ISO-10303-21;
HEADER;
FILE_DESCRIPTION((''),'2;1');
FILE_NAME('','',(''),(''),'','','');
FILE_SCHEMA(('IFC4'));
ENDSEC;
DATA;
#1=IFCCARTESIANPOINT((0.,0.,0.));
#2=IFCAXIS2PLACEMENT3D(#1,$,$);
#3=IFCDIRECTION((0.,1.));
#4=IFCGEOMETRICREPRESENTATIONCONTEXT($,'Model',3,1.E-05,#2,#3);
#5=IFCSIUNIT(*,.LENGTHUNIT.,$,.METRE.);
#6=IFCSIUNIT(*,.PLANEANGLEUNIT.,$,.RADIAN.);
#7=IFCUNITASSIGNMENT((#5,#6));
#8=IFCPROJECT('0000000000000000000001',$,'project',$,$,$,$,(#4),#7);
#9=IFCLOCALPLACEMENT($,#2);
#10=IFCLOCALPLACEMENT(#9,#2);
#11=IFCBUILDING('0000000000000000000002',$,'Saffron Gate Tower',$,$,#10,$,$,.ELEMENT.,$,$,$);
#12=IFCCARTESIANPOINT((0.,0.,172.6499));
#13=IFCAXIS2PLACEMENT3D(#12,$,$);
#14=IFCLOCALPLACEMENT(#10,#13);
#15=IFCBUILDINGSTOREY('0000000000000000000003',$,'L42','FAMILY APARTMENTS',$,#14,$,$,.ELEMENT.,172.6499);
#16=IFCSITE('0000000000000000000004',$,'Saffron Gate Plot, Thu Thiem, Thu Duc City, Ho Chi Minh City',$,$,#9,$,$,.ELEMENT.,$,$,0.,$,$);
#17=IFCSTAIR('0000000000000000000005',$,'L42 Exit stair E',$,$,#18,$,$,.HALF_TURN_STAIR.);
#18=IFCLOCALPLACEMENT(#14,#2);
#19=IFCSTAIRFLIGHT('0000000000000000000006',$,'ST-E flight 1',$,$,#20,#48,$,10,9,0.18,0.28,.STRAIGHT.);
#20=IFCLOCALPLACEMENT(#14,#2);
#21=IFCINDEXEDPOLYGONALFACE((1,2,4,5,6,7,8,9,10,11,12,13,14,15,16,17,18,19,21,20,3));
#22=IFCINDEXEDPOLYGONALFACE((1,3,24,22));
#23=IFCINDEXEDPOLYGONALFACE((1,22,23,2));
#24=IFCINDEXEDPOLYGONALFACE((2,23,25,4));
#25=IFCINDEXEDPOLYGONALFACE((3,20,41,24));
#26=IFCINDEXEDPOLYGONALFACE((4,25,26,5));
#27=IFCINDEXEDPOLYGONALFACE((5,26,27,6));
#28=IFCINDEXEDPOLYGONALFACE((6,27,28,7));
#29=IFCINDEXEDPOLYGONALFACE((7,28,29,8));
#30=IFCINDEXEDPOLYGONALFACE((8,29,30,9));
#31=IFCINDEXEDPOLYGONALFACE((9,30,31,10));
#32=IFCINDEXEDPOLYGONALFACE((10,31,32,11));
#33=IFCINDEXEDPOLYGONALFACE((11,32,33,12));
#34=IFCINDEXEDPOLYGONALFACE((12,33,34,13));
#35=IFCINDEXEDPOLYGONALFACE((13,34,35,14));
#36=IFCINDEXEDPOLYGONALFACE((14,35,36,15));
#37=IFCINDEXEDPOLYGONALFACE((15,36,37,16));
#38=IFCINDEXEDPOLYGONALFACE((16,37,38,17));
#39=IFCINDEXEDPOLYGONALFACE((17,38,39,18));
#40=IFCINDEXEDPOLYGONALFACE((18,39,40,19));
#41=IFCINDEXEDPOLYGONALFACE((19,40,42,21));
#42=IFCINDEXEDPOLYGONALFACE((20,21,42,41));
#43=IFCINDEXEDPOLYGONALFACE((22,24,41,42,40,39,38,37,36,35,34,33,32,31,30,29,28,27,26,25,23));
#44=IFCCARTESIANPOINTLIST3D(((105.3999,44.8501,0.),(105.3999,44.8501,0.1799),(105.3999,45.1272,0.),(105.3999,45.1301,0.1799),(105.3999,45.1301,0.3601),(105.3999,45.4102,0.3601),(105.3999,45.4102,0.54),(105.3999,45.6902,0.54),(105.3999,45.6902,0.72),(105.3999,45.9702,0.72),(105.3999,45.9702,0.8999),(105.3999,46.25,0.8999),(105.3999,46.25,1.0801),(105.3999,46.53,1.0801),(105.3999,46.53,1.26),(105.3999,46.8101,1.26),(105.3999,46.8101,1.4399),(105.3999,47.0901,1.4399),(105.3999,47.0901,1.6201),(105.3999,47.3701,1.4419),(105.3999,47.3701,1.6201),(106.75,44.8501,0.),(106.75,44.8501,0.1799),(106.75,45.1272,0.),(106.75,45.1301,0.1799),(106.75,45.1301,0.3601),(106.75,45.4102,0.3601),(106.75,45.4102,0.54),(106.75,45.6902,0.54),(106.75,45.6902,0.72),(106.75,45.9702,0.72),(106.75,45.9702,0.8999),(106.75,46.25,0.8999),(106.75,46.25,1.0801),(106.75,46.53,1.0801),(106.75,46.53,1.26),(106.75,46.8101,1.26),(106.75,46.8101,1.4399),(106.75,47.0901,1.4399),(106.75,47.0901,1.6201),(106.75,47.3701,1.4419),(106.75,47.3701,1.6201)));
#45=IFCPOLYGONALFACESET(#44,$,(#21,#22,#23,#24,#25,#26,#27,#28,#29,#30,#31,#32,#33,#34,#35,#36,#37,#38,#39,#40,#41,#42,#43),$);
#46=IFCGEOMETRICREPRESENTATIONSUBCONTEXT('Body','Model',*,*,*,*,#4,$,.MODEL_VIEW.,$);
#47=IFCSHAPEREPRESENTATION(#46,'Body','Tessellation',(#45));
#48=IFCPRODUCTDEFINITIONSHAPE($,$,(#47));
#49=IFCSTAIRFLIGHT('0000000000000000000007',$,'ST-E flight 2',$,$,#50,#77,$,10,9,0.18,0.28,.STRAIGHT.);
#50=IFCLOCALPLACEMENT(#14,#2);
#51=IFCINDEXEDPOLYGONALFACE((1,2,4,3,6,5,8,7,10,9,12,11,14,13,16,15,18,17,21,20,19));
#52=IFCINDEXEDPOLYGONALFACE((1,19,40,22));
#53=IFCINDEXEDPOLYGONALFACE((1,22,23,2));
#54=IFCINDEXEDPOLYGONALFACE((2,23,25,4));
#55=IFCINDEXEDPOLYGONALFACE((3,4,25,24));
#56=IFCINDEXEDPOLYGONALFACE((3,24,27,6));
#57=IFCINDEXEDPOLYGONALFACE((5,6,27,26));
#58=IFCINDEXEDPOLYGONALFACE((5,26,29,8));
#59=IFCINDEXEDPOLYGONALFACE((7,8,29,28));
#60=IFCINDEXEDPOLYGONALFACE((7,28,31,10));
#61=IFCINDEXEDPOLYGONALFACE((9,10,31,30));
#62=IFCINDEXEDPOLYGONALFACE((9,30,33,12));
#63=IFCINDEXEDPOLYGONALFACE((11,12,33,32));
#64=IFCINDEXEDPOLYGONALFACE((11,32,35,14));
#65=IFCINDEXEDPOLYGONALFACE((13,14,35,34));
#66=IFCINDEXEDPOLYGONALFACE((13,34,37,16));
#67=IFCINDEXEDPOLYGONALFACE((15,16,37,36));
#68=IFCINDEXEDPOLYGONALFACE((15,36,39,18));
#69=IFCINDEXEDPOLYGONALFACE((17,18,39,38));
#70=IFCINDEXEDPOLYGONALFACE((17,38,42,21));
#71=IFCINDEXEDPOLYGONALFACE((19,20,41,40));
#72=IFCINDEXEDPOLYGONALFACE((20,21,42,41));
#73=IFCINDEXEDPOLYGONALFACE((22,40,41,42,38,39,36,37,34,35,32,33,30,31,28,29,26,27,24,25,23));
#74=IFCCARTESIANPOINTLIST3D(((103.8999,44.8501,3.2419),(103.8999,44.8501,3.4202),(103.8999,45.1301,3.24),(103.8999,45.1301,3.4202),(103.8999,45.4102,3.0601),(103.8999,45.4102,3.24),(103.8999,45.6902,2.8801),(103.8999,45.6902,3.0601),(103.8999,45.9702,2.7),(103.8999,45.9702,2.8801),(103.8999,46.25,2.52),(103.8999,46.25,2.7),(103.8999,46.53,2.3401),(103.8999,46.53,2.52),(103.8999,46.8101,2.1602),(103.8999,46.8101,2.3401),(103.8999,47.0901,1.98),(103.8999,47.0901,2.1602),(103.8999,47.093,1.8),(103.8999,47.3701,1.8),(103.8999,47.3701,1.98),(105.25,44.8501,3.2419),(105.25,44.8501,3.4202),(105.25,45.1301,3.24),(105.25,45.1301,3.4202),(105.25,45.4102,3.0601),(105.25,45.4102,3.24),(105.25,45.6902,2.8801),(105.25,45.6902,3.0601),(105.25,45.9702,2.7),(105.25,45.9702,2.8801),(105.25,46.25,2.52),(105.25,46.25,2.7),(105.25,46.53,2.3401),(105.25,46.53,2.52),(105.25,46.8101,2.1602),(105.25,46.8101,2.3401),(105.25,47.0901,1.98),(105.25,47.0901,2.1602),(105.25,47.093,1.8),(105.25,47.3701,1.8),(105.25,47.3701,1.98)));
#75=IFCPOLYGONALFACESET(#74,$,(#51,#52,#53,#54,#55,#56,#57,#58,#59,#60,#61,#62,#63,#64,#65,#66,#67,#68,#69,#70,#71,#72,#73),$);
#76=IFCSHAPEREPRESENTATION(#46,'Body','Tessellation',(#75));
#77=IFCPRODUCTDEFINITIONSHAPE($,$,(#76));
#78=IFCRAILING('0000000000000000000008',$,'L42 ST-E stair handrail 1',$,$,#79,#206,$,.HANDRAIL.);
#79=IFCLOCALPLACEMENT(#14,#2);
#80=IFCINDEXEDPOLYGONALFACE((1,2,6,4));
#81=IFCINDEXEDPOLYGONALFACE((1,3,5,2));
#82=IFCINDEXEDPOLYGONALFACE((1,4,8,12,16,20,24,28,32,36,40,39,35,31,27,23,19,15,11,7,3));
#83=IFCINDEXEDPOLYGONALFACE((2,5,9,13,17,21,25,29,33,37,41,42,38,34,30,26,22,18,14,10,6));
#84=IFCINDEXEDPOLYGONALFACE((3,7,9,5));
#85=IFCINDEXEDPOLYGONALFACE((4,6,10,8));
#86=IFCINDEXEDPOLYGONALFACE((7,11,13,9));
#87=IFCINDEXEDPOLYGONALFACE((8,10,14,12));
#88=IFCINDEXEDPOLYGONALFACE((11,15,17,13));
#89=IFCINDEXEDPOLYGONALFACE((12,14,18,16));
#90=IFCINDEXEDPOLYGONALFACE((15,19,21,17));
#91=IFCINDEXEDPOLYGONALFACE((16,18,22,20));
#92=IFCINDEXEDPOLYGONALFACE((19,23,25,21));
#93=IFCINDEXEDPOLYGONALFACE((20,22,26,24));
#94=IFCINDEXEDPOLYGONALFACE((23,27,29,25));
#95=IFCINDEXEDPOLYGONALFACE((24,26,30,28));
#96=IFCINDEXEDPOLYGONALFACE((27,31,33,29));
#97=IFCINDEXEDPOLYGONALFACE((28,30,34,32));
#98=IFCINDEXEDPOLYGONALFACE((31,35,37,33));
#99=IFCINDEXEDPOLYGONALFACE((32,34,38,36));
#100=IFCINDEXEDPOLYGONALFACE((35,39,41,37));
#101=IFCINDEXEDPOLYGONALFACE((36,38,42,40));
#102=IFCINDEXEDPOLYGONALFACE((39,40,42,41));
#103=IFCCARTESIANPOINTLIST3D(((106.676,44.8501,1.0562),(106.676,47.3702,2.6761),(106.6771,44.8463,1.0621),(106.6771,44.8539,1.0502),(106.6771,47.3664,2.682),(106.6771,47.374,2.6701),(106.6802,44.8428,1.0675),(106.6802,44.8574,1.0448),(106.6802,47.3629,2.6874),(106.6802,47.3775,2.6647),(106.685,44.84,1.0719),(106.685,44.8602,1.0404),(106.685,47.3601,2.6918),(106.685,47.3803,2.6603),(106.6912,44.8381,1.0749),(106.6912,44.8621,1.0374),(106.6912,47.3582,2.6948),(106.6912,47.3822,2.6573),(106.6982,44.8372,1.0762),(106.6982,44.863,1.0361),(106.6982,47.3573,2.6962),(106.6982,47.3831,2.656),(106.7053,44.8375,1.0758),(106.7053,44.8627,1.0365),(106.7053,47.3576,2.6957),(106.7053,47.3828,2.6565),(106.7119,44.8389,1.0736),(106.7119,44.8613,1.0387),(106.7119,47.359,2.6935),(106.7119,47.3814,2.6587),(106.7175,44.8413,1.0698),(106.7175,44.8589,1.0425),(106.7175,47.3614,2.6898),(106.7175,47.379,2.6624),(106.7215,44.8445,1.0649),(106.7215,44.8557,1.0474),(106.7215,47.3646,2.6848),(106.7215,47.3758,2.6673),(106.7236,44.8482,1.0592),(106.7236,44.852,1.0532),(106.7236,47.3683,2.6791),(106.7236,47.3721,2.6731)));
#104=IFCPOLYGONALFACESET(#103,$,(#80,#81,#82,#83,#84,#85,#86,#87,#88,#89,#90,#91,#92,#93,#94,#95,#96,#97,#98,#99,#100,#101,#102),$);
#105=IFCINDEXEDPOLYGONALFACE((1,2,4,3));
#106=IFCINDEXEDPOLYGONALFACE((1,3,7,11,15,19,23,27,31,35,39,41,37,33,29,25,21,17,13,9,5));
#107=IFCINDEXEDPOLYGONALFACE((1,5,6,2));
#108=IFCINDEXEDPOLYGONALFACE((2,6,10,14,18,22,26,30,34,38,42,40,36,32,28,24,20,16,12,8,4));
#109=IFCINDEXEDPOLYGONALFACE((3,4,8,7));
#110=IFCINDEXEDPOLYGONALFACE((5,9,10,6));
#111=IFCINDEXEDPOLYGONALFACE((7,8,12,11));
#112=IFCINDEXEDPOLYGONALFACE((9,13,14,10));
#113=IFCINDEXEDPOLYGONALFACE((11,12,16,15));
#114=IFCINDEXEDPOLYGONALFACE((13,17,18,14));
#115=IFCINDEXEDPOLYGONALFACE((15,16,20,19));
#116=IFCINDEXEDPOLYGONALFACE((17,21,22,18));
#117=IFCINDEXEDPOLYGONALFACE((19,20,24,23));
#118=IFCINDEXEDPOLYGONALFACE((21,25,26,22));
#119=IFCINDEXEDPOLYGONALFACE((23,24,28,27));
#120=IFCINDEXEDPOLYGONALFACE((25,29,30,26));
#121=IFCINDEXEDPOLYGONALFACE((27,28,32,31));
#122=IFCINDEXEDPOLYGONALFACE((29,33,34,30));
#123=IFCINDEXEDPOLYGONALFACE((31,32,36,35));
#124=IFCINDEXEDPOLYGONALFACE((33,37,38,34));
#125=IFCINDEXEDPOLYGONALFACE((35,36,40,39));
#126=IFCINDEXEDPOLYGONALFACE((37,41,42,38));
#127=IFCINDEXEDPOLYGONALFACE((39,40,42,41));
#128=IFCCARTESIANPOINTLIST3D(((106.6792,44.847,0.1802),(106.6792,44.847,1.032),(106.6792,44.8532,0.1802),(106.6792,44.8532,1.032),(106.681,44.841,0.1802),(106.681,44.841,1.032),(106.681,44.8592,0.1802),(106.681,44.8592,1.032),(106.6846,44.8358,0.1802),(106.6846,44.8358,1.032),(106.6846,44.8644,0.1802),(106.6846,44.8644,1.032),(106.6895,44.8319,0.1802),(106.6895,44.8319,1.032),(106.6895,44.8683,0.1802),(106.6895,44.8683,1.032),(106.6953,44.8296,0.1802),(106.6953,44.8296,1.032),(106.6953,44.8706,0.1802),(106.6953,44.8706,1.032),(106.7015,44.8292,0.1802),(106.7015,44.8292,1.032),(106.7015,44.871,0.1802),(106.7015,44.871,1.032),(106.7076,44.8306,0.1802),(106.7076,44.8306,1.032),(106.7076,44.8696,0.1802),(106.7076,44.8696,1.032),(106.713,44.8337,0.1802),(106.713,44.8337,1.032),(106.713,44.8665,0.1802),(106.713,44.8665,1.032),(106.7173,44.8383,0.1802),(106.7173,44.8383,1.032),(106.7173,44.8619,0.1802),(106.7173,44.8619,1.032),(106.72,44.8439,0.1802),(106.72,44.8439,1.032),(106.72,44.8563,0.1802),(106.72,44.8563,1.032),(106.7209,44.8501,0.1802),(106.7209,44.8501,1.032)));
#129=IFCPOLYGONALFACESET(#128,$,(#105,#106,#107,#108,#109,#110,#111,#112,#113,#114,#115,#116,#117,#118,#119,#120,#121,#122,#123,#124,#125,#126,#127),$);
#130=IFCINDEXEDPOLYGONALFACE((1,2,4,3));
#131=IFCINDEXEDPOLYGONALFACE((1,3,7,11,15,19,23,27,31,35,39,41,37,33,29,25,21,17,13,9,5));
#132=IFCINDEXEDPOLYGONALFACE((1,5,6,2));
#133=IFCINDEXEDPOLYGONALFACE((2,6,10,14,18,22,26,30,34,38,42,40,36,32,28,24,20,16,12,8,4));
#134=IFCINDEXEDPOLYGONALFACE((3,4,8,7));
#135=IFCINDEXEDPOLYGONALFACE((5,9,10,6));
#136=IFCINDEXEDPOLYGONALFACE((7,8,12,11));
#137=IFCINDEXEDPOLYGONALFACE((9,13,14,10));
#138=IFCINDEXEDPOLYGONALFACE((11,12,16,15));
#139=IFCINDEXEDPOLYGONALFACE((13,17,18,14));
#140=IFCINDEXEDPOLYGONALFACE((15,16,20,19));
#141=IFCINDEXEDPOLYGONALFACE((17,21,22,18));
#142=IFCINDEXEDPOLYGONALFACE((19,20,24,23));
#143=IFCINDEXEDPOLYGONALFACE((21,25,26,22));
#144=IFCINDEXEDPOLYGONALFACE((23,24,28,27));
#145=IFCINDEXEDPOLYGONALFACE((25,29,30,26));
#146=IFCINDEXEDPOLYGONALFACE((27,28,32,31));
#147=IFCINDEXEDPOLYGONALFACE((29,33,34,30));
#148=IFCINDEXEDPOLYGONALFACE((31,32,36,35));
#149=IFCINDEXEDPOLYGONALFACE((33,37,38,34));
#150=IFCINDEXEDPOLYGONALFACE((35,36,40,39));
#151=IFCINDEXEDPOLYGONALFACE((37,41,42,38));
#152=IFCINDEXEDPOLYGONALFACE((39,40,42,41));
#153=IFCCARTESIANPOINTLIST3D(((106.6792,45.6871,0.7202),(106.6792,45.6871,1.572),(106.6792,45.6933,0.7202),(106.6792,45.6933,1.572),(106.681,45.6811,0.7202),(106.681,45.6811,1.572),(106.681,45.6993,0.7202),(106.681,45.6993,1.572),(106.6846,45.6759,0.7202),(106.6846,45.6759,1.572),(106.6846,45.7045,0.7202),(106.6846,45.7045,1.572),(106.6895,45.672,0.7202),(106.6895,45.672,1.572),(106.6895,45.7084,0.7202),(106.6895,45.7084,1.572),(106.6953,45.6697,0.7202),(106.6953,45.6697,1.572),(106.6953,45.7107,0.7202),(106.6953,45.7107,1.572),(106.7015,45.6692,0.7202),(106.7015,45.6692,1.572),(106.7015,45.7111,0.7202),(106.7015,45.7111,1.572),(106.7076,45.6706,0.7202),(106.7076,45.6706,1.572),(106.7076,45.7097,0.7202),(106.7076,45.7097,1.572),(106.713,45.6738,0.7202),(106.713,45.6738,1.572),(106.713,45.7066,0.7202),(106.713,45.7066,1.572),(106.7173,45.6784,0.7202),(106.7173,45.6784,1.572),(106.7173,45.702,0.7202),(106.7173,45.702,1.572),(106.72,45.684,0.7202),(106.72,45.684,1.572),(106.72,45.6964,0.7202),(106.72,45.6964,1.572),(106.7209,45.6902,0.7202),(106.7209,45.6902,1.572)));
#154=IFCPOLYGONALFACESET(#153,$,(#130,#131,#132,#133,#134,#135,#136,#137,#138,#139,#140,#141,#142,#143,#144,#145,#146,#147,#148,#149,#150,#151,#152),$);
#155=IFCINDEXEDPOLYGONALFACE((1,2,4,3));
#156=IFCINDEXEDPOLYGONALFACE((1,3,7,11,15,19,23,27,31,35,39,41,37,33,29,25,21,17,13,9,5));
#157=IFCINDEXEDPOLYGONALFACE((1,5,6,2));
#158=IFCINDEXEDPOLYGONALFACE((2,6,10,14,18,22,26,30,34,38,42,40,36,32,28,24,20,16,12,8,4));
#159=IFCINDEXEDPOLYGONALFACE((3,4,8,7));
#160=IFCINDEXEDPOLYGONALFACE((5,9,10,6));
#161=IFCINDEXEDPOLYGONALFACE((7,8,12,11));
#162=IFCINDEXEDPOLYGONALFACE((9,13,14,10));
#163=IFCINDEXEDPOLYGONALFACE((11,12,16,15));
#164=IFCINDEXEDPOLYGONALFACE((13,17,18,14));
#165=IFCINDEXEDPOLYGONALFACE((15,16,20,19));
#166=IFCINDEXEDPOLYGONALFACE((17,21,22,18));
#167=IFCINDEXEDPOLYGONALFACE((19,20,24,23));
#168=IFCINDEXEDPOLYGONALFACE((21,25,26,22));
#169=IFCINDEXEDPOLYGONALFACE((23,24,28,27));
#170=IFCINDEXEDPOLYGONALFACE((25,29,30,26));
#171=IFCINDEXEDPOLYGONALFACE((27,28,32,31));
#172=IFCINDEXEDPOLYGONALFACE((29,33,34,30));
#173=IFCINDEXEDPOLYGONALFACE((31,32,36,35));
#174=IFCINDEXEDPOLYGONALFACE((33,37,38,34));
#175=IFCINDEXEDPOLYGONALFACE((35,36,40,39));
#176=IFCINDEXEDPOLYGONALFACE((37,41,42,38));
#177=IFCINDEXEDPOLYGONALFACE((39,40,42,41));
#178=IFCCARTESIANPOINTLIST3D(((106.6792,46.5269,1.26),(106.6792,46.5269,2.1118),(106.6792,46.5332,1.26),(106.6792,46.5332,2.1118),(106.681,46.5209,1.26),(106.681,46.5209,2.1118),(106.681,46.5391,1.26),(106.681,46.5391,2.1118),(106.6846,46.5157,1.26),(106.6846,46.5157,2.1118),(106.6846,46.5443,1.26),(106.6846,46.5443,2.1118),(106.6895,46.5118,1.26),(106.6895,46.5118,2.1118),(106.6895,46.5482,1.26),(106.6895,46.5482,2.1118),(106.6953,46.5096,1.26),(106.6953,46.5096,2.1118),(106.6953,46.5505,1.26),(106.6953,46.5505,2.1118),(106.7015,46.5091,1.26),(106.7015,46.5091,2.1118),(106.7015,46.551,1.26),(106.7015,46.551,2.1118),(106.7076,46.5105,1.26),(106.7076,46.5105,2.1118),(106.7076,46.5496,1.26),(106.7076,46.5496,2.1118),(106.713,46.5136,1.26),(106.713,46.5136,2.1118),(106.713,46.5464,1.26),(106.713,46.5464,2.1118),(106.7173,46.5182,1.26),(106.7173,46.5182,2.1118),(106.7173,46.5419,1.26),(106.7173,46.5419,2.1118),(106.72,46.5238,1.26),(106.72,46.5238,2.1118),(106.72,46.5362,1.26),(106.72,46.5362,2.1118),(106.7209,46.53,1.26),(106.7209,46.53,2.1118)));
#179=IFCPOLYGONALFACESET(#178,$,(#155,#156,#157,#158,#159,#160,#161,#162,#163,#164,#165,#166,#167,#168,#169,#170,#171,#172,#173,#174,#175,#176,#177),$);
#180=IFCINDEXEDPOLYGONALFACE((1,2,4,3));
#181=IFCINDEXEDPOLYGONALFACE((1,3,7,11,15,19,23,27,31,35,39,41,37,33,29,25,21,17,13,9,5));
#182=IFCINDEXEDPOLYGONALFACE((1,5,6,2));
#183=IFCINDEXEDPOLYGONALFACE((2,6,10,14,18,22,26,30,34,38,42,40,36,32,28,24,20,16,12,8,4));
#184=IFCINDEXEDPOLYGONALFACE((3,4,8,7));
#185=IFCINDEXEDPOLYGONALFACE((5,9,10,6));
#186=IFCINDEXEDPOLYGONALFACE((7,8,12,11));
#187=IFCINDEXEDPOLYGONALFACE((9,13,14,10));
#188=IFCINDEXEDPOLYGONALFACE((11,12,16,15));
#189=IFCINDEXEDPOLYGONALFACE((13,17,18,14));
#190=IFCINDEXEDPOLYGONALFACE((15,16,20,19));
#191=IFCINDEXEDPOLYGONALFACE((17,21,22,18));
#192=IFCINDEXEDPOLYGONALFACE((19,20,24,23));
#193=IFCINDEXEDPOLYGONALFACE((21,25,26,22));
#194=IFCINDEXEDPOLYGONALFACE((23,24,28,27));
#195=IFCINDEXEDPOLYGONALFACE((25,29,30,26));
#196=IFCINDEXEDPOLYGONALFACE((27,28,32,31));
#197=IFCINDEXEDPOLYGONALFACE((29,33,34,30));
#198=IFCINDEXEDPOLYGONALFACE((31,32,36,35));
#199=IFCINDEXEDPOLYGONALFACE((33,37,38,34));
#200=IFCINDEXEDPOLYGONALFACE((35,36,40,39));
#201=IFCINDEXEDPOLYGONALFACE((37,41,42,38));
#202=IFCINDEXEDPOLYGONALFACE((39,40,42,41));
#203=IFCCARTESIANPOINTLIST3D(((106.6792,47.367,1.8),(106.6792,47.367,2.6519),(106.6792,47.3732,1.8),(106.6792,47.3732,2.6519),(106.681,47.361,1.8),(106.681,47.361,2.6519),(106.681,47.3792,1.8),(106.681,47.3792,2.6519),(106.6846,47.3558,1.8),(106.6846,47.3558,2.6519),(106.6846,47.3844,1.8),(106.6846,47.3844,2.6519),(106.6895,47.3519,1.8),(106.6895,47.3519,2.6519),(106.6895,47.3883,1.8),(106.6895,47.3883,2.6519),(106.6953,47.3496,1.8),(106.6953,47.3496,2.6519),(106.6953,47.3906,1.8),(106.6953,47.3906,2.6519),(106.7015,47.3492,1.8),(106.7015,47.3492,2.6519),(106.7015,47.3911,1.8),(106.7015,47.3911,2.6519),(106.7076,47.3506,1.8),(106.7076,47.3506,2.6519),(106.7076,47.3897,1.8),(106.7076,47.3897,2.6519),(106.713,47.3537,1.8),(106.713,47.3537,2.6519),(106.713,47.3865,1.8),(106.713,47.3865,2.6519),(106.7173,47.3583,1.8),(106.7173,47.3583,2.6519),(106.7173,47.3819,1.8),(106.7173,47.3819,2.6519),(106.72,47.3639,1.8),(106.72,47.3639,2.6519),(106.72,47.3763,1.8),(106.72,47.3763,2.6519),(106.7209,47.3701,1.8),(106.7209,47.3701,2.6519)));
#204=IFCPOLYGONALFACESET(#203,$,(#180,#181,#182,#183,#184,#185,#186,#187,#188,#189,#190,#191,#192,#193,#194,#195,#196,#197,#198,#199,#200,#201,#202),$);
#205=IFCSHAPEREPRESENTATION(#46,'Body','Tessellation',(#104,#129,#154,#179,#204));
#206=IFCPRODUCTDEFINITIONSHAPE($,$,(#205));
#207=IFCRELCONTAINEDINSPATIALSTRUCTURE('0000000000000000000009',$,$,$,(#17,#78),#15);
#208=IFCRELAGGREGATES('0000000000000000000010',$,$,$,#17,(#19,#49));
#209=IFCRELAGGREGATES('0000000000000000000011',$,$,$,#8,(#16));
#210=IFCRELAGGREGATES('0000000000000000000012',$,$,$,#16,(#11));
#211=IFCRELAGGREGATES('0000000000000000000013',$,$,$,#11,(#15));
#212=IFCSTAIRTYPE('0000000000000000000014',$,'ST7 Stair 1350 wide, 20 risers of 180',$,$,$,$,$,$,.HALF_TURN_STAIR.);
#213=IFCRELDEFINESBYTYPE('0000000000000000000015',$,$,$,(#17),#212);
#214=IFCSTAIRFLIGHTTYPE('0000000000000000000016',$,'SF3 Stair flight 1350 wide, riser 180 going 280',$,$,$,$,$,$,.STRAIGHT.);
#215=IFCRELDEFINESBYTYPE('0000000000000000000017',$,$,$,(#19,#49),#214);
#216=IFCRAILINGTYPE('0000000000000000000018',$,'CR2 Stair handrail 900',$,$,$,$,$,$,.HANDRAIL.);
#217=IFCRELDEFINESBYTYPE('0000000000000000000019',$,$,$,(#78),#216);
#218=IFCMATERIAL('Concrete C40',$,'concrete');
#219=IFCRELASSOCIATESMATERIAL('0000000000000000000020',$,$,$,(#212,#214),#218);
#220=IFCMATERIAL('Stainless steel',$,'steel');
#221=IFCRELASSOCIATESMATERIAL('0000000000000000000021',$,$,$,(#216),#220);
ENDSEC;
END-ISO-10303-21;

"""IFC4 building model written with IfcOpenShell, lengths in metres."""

from ifc_helpers import new_model, si_unit, direction, frame, origin, origin_2d, place, context, subcontext, project, spatial, polyline, circle, outline, extrude, material, type_object, element, aggregate, save


model = new_model("IFC4")

# Units and contexts
model_context = context("Model", 3, precision=1e-05, world=origin(), true_north=direction((0.0, 1.0)))
body_context = subcontext(model_context, "Body", "Model", "MODEL_VIEW")
ifc_project = project(units=[si_unit("LENGTHUNIT", "METRE"), si_unit("PLANEANGLEUNIT", "RADIAN")], contexts=[model_context])

# Site, building, storey
site_placement = place(None, origin())
site = spatial("IfcSite", under=ifc_project, at=site_placement, Name="Saffron Gate Plot, Thu Thiem, Thu Duc City, Ho Chi Minh City", CompositionType="ELEMENT", RefElevation=0.0)
building_placement = place(site_placement, origin())
building = spatial("IfcBuilding", under=site, at=building_placement, Name="Saffron Gate Tower", CompositionType="ELEMENT")
storey_placement = place(building_placement, frame((0.0, 0.0, 172.6499)))
storey = spatial("IfcBuildingStorey", under=building, at=storey_placement, Name="L42", Description="FAMILY APARTMENTS", CompositionType="ELEMENT", Elevation=172.6499)

# Stair, stair flights
ifc_material_1 = material(Name="Concrete C40", Category="concrete")
stair_type = type_object("IfcStairType", Name="ST7 Stair 1350 wide, 20 risers of 180", PredefinedType="HALF_TURN_STAIR", material=ifc_material_1)
stair_placement = place(storey_placement, origin())
stair = element("IfcStair", 1, at=stair_placement, inside=storey, type_object=stair_type, Name="L42 Exit stair E", PredefinedType="HALF_TURN_STAIR")
stair_flight_type = type_object("IfcStairFlightType", Name="SF3 Stair flight 1350 wide, riser 180 going 280", PredefinedType="STRAIGHT", material=ifc_material_1)
stair_flight_1_placement = place(storey_placement, frame((106.075, 44.8501, 0.0), z_axis=(0.0, 0.0, 1.0), x_axis=(0.0, 1.0, 0.0)))
stair_flight_1 = element("IfcStairFlight", 2, at=stair_flight_1_placement, type_object=stair_flight_type, Name="ST-E flight 1", NumberOfRisers=10, NumberOfTreads=9, PredefinedType="STRAIGHT", RiserHeight=0.18, TreadLength=0.28, context=body_context, shape_type="SweptSolid", body=[
    extrude(outline(polyline([(0.0, 0.0), (0.0, 0.1799), (0.28, 0.1799), (0.28, 0.3601), (0.5601, 0.3601), (0.5601, 0.54), (0.8401, 0.54), (0.8401, 0.72), (1.1201, 0.72), (1.1201, 0.8999), (1.3999, 0.8999), (1.3999, 1.0801), (1.6799, 1.0801), (1.6799, 1.26), (1.96, 1.26), (1.96, 1.4399), (2.24, 1.4399), (2.24, 1.6201), (2.52, 1.6201), (2.52, 1.8), (2.52, 1.4419), (0.2771, 0.0), (0.0, 0.0)])), frame((0.0, 0.675, 0.0), z_axis=(0.0, -1.0, 0.0), x_axis=(1.0, 0.0, 0.0)), (0.0, 0.0, 1.0), 1.3501),
])
stair_flight_2_placement = place(storey_placement, frame((104.575, 47.3701, 1.8), z_axis=(0.0, 0.0, 1.0), x_axis=(0.0, -1.0, 0.0)))
stair_flight_2 = element("IfcStairFlight", 3, at=stair_flight_2_placement, type_object=stair_flight_type, Name="ST-E flight 2", NumberOfRisers=10, NumberOfTreads=9, PredefinedType="STRAIGHT", RiserHeight=0.18, TreadLength=0.28, context=body_context, shape_type="SweptSolid", body=[
    extrude(outline(polyline([(0.0, 0.0), (0.0, 0.1799), (0.28, 0.1799), (0.28, 0.3601), (0.5601, 0.3601), (0.5601, 0.54), (0.8401, 0.54), (0.8401, 0.72), (1.1201, 0.72), (1.1201, 0.8999), (1.3999, 0.8999), (1.3999, 1.0801), (1.6799, 1.0801), (1.6799, 1.26), (1.96, 1.26), (1.96, 1.4399), (2.24, 1.4399), (2.24, 1.6201), (2.52, 1.6201), (2.52, 1.8), (2.52, 1.4419), (0.2771, 0.0), (0.0, 0.0)])), frame((0.0, 0.675, 0.0), z_axis=(0.0, -1.0, 0.0), x_axis=(1.0, 0.0, 0.0)), (0.0, 0.0, 1.0), 1.3501),
])
aggregate(stair, [stair_flight_1, stair_flight_2])

# Railing
ifc_material_2 = material(Name="Stainless steel", Category="steel")
railing_type_1 = type_object("IfcRailingType", Name="CR2 Stair handrail 900", PredefinedType="HANDRAIL", material=ifc_material_2)
railing_1_placement = place(storey_placement, frame((106.7, 44.8501, 0.1802)))
element("IfcRailing", 4, at=railing_1_placement, inside=storey, type_object=railing_type_1, Name="L42 ST-E stair handrail 1", PredefinedType="HANDRAIL", context=body_context, shape_type="SweptSolid", body=[
    extrude(circle(Radius=0.0239, at=origin_2d()), frame((0.0, 0.0, 0.876), z_axis=(0.0, 0.8412, 0.540725), x_axis=(-1.0, 0.0, 0.0)), (0.0, 0.0, 1.0), 2.9958),
    extrude(circle(Radius=0.021, at=origin_2d()), origin(), (0.0, 0.0, 1.0), 0.8518),
    extrude(circle(Radius=0.021, at=origin_2d()), frame((0.0, 0.8401, 0.54)), (0.0, 0.0, 1.0), 0.8518),
    extrude(circle(Radius=0.021, at=origin_2d()), frame((0.0, 1.6799, 1.0798)), (0.0, 0.0, 1.0), 0.8518),
    extrude(circle(Radius=0.021, at=origin_2d()), frame((0.0, 2.52, 1.6199)), (0.0, 0.0, 1.0), 0.8518),
])

save(model, "model.ifc")
